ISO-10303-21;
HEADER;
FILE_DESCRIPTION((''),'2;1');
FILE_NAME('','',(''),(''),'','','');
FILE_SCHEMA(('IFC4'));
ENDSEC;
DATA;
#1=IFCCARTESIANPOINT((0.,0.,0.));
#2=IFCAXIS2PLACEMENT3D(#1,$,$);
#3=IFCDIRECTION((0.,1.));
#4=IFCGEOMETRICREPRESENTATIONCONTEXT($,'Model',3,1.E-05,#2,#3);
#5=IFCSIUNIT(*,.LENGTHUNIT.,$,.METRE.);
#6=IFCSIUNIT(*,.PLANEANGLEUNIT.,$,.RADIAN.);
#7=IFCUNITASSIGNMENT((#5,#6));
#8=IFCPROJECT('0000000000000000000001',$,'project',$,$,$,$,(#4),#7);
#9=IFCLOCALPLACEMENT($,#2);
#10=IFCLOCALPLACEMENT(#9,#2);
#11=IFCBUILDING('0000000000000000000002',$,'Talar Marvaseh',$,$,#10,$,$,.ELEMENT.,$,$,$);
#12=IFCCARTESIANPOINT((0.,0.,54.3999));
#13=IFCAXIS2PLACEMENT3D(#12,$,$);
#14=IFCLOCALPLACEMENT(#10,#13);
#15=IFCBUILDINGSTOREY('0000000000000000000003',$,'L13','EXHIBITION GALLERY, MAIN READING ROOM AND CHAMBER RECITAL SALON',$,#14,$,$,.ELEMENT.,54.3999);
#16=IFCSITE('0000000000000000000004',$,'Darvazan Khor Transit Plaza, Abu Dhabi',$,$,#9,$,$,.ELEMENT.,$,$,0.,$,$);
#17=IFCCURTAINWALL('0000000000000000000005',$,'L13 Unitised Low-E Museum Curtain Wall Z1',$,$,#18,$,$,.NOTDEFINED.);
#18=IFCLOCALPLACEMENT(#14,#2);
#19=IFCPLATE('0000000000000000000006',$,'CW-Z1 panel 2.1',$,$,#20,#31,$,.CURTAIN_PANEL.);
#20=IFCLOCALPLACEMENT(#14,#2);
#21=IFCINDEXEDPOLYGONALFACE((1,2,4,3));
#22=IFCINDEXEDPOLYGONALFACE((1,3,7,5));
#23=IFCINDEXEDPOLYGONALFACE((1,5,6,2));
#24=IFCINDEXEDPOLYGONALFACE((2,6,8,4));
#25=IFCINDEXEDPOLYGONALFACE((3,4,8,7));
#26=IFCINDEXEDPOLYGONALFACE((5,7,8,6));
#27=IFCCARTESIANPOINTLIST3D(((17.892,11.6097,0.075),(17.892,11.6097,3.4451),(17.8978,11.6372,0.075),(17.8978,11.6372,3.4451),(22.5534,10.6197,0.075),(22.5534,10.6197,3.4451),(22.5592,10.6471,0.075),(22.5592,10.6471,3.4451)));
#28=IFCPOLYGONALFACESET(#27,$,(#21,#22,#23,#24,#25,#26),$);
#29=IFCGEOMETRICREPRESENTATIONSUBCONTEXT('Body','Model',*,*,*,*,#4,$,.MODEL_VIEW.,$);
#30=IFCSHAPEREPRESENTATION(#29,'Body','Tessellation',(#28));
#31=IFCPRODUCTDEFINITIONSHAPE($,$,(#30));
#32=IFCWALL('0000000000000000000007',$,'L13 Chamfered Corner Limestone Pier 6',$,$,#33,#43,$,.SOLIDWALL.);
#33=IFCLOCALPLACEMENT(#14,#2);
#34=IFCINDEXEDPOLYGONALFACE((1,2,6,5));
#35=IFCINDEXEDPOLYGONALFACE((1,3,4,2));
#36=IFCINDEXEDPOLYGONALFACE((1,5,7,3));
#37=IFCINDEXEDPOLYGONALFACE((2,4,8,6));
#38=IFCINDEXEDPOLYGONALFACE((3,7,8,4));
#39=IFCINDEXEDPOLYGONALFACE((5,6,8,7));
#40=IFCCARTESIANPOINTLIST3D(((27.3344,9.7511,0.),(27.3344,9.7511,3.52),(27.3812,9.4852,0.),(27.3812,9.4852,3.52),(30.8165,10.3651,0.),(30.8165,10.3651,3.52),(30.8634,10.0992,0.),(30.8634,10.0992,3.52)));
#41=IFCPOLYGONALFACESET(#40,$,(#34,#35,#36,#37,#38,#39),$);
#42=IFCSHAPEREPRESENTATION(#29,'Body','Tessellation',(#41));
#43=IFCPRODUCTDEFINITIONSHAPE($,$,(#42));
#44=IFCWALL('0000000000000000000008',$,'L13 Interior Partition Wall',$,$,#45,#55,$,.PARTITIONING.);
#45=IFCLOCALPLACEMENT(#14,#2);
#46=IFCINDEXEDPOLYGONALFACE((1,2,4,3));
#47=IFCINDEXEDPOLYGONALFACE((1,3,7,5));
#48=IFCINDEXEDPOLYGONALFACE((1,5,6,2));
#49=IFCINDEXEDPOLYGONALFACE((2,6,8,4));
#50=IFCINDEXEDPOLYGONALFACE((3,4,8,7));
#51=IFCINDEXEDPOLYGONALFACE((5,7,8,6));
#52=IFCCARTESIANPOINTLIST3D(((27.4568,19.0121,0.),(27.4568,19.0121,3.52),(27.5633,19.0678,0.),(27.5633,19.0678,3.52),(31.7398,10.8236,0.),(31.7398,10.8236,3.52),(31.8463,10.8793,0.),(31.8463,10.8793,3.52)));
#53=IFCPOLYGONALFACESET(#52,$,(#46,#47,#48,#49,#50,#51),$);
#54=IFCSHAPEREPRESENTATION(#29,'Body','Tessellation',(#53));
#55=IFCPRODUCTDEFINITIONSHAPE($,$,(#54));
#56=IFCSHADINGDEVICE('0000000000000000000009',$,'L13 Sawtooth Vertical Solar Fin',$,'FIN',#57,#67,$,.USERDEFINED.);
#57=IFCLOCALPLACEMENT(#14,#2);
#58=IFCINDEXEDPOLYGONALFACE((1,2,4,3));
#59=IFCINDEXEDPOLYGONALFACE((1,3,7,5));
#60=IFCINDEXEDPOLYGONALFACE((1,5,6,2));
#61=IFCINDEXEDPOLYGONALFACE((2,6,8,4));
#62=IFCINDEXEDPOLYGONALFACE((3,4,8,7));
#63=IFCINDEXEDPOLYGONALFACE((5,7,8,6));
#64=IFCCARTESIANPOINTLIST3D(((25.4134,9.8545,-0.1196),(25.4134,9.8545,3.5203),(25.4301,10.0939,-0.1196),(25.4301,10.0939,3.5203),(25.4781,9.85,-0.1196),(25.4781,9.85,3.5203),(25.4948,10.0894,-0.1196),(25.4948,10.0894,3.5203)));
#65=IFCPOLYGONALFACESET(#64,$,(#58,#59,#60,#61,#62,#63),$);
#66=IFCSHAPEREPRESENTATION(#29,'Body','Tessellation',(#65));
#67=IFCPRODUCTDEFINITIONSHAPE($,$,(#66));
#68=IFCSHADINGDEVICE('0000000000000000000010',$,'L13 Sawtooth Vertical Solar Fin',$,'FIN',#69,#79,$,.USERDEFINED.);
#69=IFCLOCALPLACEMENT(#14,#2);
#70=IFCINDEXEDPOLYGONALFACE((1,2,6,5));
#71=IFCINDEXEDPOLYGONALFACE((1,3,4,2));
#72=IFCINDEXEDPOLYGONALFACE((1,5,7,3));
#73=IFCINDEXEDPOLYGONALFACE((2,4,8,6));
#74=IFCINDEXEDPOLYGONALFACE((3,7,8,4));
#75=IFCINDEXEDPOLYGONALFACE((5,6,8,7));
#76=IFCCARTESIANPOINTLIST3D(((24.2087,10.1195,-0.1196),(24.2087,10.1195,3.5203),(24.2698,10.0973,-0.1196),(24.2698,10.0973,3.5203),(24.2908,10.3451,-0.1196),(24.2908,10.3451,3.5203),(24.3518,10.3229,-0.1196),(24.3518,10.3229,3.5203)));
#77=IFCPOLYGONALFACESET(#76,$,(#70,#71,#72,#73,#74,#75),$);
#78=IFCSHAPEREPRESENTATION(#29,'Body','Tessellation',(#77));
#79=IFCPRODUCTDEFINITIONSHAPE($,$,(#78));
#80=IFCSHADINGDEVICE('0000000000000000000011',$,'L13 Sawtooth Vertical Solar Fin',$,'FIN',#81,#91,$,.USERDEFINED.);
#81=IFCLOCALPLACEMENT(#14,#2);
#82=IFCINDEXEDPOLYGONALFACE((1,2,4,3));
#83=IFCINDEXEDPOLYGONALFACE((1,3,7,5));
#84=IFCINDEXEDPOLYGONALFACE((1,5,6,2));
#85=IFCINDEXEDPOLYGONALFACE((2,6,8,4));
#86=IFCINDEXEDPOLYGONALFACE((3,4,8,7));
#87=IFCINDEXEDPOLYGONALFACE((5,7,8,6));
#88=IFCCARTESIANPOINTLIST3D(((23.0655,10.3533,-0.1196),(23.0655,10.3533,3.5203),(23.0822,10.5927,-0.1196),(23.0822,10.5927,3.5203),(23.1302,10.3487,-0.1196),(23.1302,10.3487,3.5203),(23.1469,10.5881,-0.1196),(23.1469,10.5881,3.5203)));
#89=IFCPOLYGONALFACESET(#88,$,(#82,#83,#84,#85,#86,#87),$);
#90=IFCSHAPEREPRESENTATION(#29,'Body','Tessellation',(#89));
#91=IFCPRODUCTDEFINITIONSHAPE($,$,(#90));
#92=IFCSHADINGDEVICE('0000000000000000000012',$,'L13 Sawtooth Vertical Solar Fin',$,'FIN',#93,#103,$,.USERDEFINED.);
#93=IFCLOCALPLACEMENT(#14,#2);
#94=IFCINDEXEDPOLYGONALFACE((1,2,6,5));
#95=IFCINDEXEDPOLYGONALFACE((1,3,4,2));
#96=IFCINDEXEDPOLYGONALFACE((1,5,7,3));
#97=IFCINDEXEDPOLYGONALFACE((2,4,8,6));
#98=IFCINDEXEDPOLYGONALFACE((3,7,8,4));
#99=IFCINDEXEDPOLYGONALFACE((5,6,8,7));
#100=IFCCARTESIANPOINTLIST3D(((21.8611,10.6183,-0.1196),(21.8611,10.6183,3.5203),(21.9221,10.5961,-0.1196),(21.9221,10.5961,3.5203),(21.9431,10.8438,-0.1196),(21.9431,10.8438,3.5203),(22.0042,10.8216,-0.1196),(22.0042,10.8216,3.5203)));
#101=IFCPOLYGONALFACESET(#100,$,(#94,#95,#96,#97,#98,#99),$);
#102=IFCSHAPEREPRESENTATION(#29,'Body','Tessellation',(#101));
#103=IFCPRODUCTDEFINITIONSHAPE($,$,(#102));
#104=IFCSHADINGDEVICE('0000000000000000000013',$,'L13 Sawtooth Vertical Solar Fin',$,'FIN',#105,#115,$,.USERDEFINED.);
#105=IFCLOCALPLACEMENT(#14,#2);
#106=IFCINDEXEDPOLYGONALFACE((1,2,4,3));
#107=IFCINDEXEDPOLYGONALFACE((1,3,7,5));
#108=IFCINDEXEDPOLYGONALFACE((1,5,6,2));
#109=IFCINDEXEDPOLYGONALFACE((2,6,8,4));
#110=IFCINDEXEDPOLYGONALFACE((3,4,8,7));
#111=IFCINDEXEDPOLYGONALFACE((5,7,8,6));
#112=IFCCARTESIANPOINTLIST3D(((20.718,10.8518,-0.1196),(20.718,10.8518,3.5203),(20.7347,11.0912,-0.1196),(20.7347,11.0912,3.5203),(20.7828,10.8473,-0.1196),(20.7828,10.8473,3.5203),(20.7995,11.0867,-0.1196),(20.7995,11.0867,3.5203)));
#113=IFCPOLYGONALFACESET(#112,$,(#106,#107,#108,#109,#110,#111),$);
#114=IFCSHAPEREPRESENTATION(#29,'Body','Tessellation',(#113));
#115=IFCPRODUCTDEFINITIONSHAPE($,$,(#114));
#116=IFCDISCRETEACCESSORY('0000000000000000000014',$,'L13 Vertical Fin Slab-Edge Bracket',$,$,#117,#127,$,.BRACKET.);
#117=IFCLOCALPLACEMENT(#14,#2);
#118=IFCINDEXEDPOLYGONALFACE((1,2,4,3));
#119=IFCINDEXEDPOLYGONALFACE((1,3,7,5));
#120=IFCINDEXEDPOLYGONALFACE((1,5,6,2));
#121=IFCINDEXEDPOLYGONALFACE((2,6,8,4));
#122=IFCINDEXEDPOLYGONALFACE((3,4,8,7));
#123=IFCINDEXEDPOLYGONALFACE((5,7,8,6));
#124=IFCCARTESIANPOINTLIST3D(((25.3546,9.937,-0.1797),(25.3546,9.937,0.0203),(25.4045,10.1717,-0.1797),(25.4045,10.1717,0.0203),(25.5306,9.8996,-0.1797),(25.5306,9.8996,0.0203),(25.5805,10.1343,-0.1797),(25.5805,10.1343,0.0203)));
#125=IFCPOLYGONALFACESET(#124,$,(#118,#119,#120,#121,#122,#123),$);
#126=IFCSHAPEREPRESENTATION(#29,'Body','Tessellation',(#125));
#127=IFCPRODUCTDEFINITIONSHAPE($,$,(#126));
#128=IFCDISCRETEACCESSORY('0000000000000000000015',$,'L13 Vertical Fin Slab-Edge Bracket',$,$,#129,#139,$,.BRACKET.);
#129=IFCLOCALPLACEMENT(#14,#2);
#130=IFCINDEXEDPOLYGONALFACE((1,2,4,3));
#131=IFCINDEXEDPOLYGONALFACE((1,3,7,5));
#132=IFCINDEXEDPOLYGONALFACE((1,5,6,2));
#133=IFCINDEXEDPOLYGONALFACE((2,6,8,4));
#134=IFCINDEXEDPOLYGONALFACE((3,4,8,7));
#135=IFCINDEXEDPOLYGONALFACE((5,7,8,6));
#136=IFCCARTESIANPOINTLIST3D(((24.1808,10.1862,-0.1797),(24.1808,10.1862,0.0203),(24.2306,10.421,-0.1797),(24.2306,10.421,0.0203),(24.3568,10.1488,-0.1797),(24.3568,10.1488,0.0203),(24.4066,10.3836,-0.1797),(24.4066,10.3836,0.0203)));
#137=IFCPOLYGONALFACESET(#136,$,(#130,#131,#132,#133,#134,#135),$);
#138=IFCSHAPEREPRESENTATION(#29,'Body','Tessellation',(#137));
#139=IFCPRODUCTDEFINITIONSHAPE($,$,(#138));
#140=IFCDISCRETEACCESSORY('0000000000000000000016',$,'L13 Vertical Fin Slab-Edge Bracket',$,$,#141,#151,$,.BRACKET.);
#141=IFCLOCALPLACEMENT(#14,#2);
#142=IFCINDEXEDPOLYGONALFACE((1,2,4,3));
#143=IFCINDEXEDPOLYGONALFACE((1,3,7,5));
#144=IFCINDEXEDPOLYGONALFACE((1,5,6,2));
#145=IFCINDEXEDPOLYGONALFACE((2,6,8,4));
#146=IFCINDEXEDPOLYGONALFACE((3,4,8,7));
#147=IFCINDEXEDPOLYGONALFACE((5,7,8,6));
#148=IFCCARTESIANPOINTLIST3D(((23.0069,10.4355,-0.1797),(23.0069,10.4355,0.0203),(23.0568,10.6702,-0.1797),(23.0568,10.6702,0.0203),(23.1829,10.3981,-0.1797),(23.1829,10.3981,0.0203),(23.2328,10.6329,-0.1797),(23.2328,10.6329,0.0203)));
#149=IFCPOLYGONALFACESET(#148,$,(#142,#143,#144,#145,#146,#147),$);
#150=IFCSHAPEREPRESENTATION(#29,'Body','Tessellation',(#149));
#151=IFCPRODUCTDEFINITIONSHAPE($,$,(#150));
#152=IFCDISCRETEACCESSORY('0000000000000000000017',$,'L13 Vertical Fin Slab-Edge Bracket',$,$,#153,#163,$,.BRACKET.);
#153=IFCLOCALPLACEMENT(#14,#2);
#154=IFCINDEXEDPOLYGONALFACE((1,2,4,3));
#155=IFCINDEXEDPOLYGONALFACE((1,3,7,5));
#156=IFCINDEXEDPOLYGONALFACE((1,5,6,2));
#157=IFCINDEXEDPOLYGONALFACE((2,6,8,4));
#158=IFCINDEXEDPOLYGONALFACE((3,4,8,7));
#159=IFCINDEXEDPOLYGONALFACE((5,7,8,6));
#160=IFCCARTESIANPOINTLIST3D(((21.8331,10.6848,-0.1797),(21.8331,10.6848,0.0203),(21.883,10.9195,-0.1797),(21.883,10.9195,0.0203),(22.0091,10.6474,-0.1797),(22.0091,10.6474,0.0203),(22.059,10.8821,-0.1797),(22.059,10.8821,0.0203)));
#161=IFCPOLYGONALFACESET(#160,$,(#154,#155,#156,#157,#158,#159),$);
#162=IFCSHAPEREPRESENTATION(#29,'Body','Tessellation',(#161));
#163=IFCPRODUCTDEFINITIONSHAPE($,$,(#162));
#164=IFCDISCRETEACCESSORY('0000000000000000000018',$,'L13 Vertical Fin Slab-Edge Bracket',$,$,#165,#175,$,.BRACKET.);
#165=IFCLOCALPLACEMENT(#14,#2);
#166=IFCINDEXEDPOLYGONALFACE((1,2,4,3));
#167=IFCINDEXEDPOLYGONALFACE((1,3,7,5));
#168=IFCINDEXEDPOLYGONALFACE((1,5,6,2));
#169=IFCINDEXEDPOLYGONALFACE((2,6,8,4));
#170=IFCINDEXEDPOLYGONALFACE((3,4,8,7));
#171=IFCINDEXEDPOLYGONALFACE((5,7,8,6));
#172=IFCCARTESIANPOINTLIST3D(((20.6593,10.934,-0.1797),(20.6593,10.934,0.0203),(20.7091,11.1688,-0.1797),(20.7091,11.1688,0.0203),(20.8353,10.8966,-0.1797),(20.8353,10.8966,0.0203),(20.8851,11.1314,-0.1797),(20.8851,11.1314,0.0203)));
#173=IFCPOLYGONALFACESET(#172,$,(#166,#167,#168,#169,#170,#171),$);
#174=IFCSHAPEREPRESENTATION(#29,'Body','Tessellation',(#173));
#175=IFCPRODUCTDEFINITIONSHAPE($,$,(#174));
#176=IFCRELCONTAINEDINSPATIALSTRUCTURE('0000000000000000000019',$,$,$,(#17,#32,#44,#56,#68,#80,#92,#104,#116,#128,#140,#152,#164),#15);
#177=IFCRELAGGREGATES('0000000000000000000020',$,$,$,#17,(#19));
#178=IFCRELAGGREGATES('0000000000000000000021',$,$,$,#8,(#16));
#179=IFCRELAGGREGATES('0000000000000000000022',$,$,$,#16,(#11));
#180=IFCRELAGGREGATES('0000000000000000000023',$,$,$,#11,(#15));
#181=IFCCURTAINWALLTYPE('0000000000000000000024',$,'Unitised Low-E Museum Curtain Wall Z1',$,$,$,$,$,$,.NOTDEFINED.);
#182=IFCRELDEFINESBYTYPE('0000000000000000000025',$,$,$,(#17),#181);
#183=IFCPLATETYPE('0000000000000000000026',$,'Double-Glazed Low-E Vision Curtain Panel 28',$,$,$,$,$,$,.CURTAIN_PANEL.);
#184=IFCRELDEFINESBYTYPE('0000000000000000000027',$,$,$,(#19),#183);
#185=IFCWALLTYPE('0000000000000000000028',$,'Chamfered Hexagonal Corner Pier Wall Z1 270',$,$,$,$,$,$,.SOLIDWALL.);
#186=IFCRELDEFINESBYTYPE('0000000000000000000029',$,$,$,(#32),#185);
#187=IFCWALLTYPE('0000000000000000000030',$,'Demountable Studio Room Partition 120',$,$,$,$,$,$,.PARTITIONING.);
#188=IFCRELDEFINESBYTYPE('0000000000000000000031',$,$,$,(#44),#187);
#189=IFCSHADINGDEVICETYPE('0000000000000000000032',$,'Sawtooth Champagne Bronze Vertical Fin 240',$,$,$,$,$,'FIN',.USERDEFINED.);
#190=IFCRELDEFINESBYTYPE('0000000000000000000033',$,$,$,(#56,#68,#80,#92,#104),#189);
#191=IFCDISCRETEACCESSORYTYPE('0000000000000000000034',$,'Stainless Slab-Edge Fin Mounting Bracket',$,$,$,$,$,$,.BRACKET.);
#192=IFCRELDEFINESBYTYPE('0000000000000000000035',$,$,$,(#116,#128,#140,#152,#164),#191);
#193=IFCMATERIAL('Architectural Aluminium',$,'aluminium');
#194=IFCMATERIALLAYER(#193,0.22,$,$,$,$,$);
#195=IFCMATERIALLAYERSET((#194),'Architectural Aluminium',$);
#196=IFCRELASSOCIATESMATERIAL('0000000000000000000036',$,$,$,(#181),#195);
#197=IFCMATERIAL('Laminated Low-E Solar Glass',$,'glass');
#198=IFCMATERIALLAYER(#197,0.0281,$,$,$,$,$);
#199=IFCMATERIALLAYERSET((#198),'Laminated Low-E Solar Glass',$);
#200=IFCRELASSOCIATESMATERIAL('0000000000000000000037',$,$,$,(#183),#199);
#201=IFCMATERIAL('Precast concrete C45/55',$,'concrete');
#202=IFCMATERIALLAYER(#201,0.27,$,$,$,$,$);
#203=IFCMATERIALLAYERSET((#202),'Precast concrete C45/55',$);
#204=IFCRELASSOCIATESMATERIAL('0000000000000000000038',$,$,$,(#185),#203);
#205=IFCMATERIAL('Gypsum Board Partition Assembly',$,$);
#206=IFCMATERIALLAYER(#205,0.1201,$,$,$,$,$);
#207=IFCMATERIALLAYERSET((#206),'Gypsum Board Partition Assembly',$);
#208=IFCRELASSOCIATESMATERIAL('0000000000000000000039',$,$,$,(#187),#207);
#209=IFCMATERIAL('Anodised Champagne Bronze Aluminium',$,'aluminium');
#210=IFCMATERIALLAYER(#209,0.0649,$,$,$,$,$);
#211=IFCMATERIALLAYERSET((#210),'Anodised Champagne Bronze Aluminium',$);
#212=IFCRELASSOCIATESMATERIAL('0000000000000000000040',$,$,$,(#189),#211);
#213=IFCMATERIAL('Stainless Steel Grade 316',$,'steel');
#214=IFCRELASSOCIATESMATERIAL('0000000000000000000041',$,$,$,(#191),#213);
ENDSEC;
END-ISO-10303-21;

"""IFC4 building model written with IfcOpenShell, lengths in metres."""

from ifc_helpers import new_model, si_unit, direction, frame, frame_2d, origin, origin_2d, place, context, subcontext, project, spatial, rectangle, extrude, source, transform, mapped, material, layer, layer_set, type_object, type_shapes, element, aggregate, save


model = new_model("IFC4")

# Units and contexts
model_context = context("Model", 3, precision=1e-05, world=origin(), true_north=direction((0.0, 1.0)))
body_context = subcontext(model_context, "Body", "Model", "MODEL_VIEW")
ifc_project = project(units=[si_unit("LENGTHUNIT", "METRE"), si_unit("PLANEANGLEUNIT", "RADIAN")], contexts=[model_context])

# Site, building, storey
site_placement = place(None, origin())
site = spatial("IfcSite", under=ifc_project, at=site_placement, Name="Darvazan Khor Transit Plaza, Abu Dhabi", CompositionType="ELEMENT", RefElevation=0.0)
building_placement = place(site_placement, origin())
building = spatial("IfcBuilding", under=site, at=building_placement, Name="Talar Marvaseh", CompositionType="ELEMENT")
storey_placement = place(building_placement, frame((0.0, 0.0, 54.3999)))
storey = spatial("IfcBuildingStorey", under=building, at=storey_placement, Name="L13", Description="EXHIBITION GALLERY, MAIN READING ROOM AND CHAMBER RECITAL SALON", CompositionType="ELEMENT", Elevation=54.3999)

# Shared definitions
ifc_material_1 = material(Name="Architectural Aluminium", Category="aluminium")
ifc_layer_1 = layer(ifc_material_1, 0.22)
ifc_layer_set_1 = layer_set([ifc_layer_1], Name="Architectural Aluminium")
curtain_wall_type = type_object("IfcCurtainWallType", Name="Unitised Low-E Museum Curtain Wall Z1", PredefinedType="NOTDEFINED", material=ifc_layer_set_1)

# Curtain wall, plate
curtain_wall_1_placement = place(storey_placement, origin())
curtain_wall_1 = element("IfcCurtainWall", 1, at=curtain_wall_1_placement, inside=storey, type_object=curtain_wall_type, Name="L13 Unitised Low-E Museum Curtain Wall Z1", PredefinedType="NOTDEFINED")
ifc_material_2 = material(Name="Laminated Low-E Solar Glass", Category="glass")
ifc_layer_2 = layer(ifc_material_2, 0.0281)
ifc_layer_set_2 = layer_set([ifc_layer_2], Name="Laminated Low-E Solar Glass")
plate_type = type_object("IfcPlateType", Name="Double-Glazed Low-E Vision Curtain Panel 28", PredefinedType="CURTAIN_PANEL", material=ifc_layer_set_2)
shared_shape_1 = source(origin(), body_context, "Body", "SweptSolid", [
    extrude(rectangle(XDim=4.7654, YDim=0.0281, at=origin_2d()), origin(), (0.0, 0.0, 1.0), 3.3701),
])
plate_1_placement = place(storey_placement, frame((20.2256, 11.1284, 0.075), z_axis=(0.0, 0.0, 1.0), x_axis=(-0.97818, 0.207758, 0.0)))
plate_1 = element("IfcPlate", 2, at=plate_1_placement, type_object=plate_type, Name="CW-Z1 panel 2.1", PredefinedType="CURTAIN_PANEL", context=body_context, shape_type="MappedRepresentation", body=[
    mapped(shared_shape_1, transform((0.0, 0.0, 0.0), x_axis=(1.0, 0.0, 0.0), y_axis=(0.0, 1.0, 0.0), z_axis=(0.0, 0.0, 1.0), scale=1.0)),
])
aggregate(curtain_wall_1, [plate_1])

# Walls
ifc_material_3 = material(Name="Precast concrete C45/55", Category="concrete")
ifc_layer_3 = layer(ifc_material_3, 0.27)
ifc_layer_set_3 = layer_set([ifc_layer_3], Name="Precast concrete C45/55")
wall_type_1 = type_object("IfcWallType", Name="Chamfered Hexagonal Corner Pier Wall Z1 270", PredefinedType="SOLIDWALL", material=ifc_layer_set_3)
wall_1_placement = place(storey_placement, frame((30.8401, 10.2322, 0.0), z_axis=(0.0, 0.0, 1.0), x_axis=(-0.984807, -0.173651, 0.0)))
element("IfcWall", 3, at=wall_1_placement, inside=storey, type_object=wall_type_1, Name="L13 Chamfered Corner Limestone Pier 6", PredefinedType="SOLIDWALL", context=body_context, shape_type="SweptSolid", body=[
    extrude(rectangle(XDim=3.5359, YDim=0.27, at=frame_2d((1.7681, 0.0))), origin(), (0.0, 0.0, 1.0), 3.52),
])
ifc_material_4 = material(Name="Gypsum Board Partition Assembly")
ifc_layer_4 = layer(ifc_material_4, 0.1201)
ifc_layer_set_4 = layer_set([ifc_layer_4], Name="Gypsum Board Partition Assembly")
wall_type_2 = type_object("IfcWallType", Name="Demountable Studio Room Partition 120", PredefinedType="PARTITIONING", material=ifc_layer_set_4)
wall_2_placement = place(storey_placement, frame((27.51, 19.04, 0.0), z_axis=(0.0, 0.0, 1.0), x_axis=(0.463477, -0.886109, 0.0)))
element("IfcWall", 4, at=wall_2_placement, inside=storey, type_object=wall_type_2, Name="L13 Interior Partition Wall", PredefinedType="PARTITIONING", context=body_context, shape_type="SweptSolid", body=[
    extrude(rectangle(XDim=9.241, YDim=0.1201, at=frame_2d((4.6206, 0.0))), origin(), (0.0, 0.0, 1.0), 3.52),
])

# Shading devices
ifc_material_5 = material(Name="Anodised Champagne Bronze Aluminium", Category="aluminium")
ifc_layer_5 = layer(ifc_material_5, 0.0649)
ifc_layer_set_5 = layer_set([ifc_layer_5], Name="Anodised Champagne Bronze Aluminium")
shading_device_type = type_object("IfcShadingDeviceType", Name="Sawtooth Champagne Bronze Vertical Fin 240", ElementType="FIN", PredefinedType="USERDEFINED", material=ifc_layer_set_5)
shared_shape_2 = source(origin(), body_context, "Body", "SweptSolid", [
    extrude(rectangle(XDim=0.24, YDim=0.0649, at=origin_2d()), origin(), (0.0, 0.0, 1.0), 3.6399),
])
type_shapes(shading_device_type, [shared_shape_2])
for number, where, z_axis, x_axis, name in (
    (5, (25.4541, 9.9719, -0.1196), (0.0, 0.0, 1.0), (-0.069582, -0.997576, 0.0), "L13 Sawtooth Vertical Solar Fin"),
    (6, (24.2803, 10.2212, -0.1196), (0.0, 0.0, 1.0), (-0.341856, -0.939752, 0.0), "L13 Sawtooth Vertical Solar Fin"),
    (7, (23.1062, 10.4707, -0.1196), (0.0, 0.0, 1.0), (-0.069582, -0.997576, 0.0), "L13 Sawtooth Vertical Solar Fin"),
    (8, (21.9326, 10.72, -0.1196), (0.0, 0.0, 1.0), (-0.341856, -0.939752, 0.0), "L13 Sawtooth Vertical Solar Fin"),
    (9, (20.7588, 10.9692, -0.1196), (0.0, 0.0, 1.0), (-0.069582, -0.997576, 0.0), "L13 Sawtooth Vertical Solar Fin"),
):
    element("IfcShadingDevice", number, at=place(storey_placement, frame(where, z_axis=z_axis, x_axis=x_axis)), inside=storey, type_object=shading_device_type, Name=name, ObjectType="FIN", PredefinedType="USERDEFINED", context=body_context, shape_type="MappedRepresentation", body=[
        mapped(shared_shape_2, transform((0.0, 0.0, 0.0), x_axis=(1.0, 0.0, 0.0), y_axis=(0.0, 1.0, 0.0), z_axis=(0.0, 0.0, 1.0), scale=1.0)),
    ])

# Discrete accessories
ifc_material_6 = material(Name="Stainless Steel Grade 316", Category="steel")
discrete_accessory_type = type_object("IfcDiscreteAccessoryType", Name="Stainless Slab-Edge Fin Mounting Bracket", PredefinedType="BRACKET", material=ifc_material_6)
shared_shape_3 = source(origin(), body_context, "Body", "SweptSolid", [
    extrude(rectangle(XDim=0.24, YDim=0.1799, at=origin_2d()), origin(), (0.0, 0.0, 1.0), 0.2),
])
type_shapes(discrete_accessory_type, [shared_shape_3])
for number, where, z_axis, x_axis, name in (
    (10, (25.4675, 10.0356, -0.1797), (0.0, 0.0, 1.0), (-0.207741, -0.978184, 0.0), "L13 Vertical Fin Slab-Edge Bracket"),
    (11, (24.2937, 10.2849, -0.1797), (0.0, 0.0, 1.0), (-0.207741, -0.978184, 0.0), "L13 Vertical Fin Slab-Edge Bracket"),
    (12, (23.1199, 10.5342, -0.1797), (0.0, 0.0, 1.0), (-0.207741, -0.978184, 0.0), "L13 Vertical Fin Slab-Edge Bracket"),
    (13, (21.946, 10.7834, -0.1797), (0.0, 0.0, 1.0), (-0.207741, -0.978184, 0.0), "L13 Vertical Fin Slab-Edge Bracket"),
    (14, (20.7722, 11.0327, -0.1797), (0.0, 0.0, 1.0), (-0.207741, -0.978184, 0.0), "L13 Vertical Fin Slab-Edge Bracket"),
):
    element("IfcDiscreteAccessory", number, at=place(storey_placement, frame(where, z_axis=z_axis, x_axis=x_axis)), inside=storey, type_object=discrete_accessory_type, Name=name, PredefinedType="BRACKET", context=body_context, shape_type="MappedRepresentation", body=[
        mapped(shared_shape_3, transform((0.0, 0.0, 0.0), x_axis=(1.0, 0.0, 0.0), y_axis=(0.0, 1.0, 0.0), z_axis=(0.0, 0.0, 1.0), scale=1.0)),
    ])

save(model, "model.ifc")
